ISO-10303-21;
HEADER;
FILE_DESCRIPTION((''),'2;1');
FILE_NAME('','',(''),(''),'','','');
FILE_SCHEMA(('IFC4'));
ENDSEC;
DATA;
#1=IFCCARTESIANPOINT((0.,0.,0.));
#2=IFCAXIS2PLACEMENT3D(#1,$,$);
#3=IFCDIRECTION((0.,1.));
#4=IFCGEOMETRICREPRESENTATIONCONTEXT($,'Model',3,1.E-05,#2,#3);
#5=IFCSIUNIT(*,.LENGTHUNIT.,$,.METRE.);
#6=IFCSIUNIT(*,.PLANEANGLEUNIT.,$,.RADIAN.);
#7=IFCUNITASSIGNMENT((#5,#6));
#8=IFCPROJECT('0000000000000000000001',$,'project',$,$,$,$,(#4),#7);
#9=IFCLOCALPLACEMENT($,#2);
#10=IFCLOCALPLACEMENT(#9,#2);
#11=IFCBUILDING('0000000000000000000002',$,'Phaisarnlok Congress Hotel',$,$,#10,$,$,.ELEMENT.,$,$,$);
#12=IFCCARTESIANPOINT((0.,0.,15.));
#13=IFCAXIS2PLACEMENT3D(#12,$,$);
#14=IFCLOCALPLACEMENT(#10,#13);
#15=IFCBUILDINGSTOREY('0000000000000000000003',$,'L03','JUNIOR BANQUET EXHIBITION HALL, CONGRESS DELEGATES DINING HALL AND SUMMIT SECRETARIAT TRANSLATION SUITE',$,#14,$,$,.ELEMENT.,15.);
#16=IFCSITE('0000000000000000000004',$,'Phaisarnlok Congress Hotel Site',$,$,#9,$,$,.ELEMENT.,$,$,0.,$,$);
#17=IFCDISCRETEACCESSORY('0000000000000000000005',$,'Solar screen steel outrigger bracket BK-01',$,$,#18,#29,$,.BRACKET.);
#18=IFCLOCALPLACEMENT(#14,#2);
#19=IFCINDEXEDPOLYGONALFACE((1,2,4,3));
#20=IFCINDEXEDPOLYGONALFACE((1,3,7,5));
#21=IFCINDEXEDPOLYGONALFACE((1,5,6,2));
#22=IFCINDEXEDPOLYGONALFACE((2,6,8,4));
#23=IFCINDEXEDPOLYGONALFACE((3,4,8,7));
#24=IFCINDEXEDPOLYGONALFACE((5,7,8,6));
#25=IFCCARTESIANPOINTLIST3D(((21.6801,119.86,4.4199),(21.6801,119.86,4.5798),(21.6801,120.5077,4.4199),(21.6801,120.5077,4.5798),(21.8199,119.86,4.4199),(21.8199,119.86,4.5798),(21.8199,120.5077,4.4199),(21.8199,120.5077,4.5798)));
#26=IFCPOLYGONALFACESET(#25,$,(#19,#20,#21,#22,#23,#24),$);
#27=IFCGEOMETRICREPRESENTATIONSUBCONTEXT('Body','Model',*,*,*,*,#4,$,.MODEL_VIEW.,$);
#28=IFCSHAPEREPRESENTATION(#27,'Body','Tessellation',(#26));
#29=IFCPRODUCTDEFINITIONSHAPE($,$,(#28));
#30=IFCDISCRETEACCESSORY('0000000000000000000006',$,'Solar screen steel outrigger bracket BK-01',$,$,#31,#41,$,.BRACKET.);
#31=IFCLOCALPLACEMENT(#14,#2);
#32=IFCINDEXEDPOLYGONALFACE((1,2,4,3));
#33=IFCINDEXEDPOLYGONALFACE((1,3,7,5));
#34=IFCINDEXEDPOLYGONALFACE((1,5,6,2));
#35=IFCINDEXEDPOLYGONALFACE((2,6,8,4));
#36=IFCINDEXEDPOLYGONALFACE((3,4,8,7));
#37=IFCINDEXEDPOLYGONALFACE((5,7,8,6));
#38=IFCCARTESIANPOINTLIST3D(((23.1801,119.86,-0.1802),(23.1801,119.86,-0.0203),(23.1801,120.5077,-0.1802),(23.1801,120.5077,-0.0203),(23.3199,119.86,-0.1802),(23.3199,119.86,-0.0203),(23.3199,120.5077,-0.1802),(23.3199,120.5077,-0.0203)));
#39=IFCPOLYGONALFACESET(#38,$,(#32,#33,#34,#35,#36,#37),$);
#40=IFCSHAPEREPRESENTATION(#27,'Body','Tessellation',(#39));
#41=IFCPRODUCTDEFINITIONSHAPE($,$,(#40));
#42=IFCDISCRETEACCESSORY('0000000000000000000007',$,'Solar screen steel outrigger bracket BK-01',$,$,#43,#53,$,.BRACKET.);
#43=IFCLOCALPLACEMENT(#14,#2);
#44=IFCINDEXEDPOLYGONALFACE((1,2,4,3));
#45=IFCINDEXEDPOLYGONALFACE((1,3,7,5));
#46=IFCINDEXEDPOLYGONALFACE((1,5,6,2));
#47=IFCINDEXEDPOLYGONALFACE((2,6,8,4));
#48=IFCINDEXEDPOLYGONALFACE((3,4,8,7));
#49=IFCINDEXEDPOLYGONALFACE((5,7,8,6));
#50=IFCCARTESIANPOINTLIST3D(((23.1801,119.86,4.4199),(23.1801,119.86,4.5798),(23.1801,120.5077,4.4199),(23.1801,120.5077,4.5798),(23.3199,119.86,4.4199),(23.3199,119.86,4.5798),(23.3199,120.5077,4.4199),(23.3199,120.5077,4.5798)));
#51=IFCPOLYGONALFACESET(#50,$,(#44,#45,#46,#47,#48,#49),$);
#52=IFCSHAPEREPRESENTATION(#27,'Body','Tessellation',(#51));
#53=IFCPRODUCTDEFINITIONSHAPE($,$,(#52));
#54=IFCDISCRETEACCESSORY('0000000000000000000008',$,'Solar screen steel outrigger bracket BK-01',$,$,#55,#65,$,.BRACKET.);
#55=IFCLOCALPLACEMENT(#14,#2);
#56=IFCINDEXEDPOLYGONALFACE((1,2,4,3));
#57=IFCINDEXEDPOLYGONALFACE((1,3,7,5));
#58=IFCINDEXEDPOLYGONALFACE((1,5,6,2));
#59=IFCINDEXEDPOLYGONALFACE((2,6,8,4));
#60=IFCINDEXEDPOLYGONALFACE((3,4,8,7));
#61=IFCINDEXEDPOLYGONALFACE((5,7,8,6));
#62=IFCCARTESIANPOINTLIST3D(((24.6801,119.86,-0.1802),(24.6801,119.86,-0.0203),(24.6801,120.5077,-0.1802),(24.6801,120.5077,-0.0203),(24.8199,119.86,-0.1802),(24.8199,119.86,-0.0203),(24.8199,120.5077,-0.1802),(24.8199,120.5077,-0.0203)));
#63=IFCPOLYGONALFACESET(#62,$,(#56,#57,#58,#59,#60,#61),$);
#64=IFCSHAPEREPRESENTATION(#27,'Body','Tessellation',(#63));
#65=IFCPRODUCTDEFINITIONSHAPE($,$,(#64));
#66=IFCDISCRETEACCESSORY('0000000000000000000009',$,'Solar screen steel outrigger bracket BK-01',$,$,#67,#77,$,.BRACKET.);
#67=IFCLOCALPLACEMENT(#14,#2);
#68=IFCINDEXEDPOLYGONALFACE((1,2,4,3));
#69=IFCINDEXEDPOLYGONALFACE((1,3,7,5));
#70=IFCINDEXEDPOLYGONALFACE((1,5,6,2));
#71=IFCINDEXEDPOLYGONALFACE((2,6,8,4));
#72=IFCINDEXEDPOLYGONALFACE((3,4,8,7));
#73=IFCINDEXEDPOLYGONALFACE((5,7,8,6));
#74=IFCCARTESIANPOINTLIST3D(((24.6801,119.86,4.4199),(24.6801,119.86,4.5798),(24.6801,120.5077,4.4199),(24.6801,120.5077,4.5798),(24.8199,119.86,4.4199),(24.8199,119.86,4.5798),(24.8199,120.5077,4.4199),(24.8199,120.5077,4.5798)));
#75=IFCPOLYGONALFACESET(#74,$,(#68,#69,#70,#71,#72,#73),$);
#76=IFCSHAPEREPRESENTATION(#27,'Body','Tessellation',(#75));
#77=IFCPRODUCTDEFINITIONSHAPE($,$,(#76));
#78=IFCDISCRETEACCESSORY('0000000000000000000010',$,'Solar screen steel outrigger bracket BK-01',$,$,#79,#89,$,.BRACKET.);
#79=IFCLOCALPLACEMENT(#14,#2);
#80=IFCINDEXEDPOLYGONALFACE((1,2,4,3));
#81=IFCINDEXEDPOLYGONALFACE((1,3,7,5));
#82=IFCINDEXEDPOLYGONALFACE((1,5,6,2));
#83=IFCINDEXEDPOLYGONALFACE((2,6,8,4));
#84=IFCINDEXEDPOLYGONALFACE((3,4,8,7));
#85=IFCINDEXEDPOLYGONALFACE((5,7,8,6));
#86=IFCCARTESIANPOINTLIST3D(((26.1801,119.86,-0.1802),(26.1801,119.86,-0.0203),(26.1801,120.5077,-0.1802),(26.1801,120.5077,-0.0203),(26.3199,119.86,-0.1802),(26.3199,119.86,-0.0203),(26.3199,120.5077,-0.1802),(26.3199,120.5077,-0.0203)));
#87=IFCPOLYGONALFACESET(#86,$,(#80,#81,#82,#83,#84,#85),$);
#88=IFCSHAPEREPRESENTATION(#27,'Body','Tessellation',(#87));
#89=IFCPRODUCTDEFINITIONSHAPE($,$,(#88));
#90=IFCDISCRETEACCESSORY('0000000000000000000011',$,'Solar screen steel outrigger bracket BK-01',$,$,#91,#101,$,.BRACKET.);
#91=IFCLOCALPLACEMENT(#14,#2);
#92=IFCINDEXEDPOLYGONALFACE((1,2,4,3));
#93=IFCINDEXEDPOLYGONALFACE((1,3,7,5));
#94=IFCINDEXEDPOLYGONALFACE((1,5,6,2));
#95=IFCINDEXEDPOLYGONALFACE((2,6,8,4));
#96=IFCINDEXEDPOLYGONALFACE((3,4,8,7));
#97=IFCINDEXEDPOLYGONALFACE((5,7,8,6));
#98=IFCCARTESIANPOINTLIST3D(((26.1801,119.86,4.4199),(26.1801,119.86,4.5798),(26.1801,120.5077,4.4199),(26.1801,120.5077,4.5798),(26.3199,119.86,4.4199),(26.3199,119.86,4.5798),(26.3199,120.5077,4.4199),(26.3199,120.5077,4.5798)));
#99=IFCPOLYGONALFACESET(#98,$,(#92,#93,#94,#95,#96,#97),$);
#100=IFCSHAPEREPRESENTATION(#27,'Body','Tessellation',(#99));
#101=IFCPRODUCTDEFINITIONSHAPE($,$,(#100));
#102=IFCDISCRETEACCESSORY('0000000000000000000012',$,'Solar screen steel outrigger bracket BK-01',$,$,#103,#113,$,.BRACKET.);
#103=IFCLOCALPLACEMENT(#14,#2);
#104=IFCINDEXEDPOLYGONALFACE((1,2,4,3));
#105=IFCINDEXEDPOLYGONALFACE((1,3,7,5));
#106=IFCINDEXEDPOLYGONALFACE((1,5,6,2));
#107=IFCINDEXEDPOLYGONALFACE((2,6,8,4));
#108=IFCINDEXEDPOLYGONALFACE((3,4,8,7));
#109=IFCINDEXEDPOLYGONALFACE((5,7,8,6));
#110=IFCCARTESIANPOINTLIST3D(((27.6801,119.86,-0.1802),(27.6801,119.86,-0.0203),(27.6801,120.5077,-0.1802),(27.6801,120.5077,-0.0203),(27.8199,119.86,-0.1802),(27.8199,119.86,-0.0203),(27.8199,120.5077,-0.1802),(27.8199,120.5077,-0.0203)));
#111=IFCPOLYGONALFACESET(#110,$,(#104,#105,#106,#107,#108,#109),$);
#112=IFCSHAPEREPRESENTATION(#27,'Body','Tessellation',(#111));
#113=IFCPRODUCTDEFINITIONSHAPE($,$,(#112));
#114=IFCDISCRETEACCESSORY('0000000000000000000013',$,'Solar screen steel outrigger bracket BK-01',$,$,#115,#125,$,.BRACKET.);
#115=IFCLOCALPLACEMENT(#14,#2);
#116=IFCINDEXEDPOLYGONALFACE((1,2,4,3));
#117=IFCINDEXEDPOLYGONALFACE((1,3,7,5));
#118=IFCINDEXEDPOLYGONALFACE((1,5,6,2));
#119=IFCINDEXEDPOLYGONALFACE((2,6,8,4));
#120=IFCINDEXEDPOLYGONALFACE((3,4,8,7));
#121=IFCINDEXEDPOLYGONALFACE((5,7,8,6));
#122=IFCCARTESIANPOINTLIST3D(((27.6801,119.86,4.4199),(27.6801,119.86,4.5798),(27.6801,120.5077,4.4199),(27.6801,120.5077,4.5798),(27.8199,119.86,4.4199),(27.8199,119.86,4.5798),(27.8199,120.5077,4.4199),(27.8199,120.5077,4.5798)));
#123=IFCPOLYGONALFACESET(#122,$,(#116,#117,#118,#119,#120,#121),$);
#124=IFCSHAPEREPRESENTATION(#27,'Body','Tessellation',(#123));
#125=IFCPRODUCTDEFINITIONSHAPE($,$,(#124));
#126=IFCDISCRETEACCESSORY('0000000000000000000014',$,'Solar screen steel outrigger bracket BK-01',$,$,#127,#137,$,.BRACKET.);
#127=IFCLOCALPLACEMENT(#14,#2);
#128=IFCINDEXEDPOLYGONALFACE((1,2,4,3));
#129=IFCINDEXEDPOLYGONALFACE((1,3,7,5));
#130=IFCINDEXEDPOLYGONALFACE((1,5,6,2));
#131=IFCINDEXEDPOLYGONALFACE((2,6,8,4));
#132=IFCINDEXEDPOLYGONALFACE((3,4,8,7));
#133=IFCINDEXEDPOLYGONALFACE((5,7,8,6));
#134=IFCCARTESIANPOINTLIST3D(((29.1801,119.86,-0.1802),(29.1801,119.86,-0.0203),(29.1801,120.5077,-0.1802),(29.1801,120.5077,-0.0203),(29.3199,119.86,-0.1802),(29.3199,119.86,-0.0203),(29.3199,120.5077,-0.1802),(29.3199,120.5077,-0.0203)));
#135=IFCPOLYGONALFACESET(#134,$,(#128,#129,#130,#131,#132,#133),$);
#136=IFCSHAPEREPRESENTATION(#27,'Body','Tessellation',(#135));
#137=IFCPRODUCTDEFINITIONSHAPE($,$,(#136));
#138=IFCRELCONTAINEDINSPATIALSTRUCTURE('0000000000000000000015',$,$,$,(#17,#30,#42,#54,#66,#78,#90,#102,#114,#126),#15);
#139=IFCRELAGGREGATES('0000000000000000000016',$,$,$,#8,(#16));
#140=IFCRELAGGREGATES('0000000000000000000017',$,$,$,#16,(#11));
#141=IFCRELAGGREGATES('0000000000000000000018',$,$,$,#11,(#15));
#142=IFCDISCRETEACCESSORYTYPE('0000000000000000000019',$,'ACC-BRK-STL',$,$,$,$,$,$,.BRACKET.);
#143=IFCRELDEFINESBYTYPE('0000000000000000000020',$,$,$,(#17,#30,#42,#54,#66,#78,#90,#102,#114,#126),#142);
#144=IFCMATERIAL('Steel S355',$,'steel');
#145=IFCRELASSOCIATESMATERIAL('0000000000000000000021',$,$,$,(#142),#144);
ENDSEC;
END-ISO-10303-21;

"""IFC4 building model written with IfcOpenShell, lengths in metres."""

from ifc_helpers import new_model, si_unit, direction, frame, origin, origin_2d, place, context, subcontext, project, spatial, rectangle, extrude, material, type_object, element, save


model = new_model("IFC4")

# Units and contexts
model_context = context("Model", 3, precision=1e-05, world=origin(), true_north=direction((0.0, 1.0)))
body_context = subcontext(model_context, "Body", "Model", "MODEL_VIEW")
ifc_project = project(units=[si_unit("LENGTHUNIT", "METRE"), si_unit("PLANEANGLEUNIT", "RADIAN")], contexts=[model_context])

# Site, building, storey
site_placement = place(None, origin())
site = spatial("IfcSite", under=ifc_project, at=site_placement, Name="Phaisarnlok Congress Hotel Site", CompositionType="ELEMENT", RefElevation=0.0)
building_placement = place(site_placement, origin())
building = spatial("IfcBuilding", under=site, at=building_placement, Name="Phaisarnlok Congress Hotel", CompositionType="ELEMENT")
storey_placement = place(building_placement, frame((0.0, 0.0, 15.0)))
storey = spatial("IfcBuildingStorey", under=building, at=storey_placement, Name="L03", Description="JUNIOR BANQUET EXHIBITION HALL, CONGRESS DELEGATES DINING HALL AND SUMMIT SECRETARIAT TRANSLATION SUITE", CompositionType="ELEMENT", Elevation=15.0)

# Discrete accessories
ifc_material_1 = material(Name="Steel S355", Category="steel")
discrete_accessory_type = type_object("IfcDiscreteAccessoryType", Name="ACC-BRK-STL", PredefinedType="BRACKET", material=ifc_material_1)
for number, where, z_axis, x_axis, name in (
    (1, (21.75, 120.1838, 4.4199), (0.0, 0.0, 1.0), (1.0, 0.0, 0.0), "Solar screen steel outrigger bracket BK-01"),
    (2, (23.25, 120.1838, -0.1802), (0.0, 0.0, 1.0), (1.0, 0.0, 0.0), "Solar screen steel outrigger bracket BK-01"),
    (3, (23.25, 120.1838, 4.4199), (0.0, 0.0, 1.0), (1.0, 0.0, 0.0), "Solar screen steel outrigger bracket BK-01"),
    (4, (24.75, 120.1838, -0.1802), (0.0, 0.0, 1.0), (1.0, 0.0, 0.0), "Solar screen steel outrigger bracket BK-01"),
    (5, (24.75, 120.1838, 4.4199), (0.0, 0.0, 1.0), (1.0, 0.0, 0.0), "Solar screen steel outrigger bracket BK-01"),
    (6, (26.25, 120.1838, -0.1802), (0.0, 0.0, 1.0), (1.0, 0.0, 0.0), "Solar screen steel outrigger bracket BK-01"),
    (7, (26.25, 120.1838, 4.4199), (0.0, 0.0, 1.0), (1.0, 0.0, 0.0), "Solar screen steel outrigger bracket BK-01"),
    (8, (27.75, 120.1838, -0.1802), (0.0, 0.0, 1.0), (1.0, 0.0, 0.0), "Solar screen steel outrigger bracket BK-01"),
    (9, (27.75, 120.1838, 4.4199), (0.0, 0.0, 1.0), (1.0, 0.0, 0.0), "Solar screen steel outrigger bracket BK-01"),
    (10, (29.25, 120.1838, -0.1802), (0.0, 0.0, 1.0), (1.0, 0.0, 0.0), "Solar screen steel outrigger bracket BK-01"),
):
    element("IfcDiscreteAccessory", number, at=place(storey_placement, frame(where, z_axis=z_axis, x_axis=x_axis)), inside=storey, type_object=discrete_accessory_type, Name=name, PredefinedType="BRACKET", context=body_context, shape_type="SweptSolid", body=[
        extrude(rectangle(XDim=0.1399, YDim=0.6477, at=origin_2d()), origin(), (0.0, 0.0, 1.0), 0.1599),
    ])

save(model, "model.ifc")
